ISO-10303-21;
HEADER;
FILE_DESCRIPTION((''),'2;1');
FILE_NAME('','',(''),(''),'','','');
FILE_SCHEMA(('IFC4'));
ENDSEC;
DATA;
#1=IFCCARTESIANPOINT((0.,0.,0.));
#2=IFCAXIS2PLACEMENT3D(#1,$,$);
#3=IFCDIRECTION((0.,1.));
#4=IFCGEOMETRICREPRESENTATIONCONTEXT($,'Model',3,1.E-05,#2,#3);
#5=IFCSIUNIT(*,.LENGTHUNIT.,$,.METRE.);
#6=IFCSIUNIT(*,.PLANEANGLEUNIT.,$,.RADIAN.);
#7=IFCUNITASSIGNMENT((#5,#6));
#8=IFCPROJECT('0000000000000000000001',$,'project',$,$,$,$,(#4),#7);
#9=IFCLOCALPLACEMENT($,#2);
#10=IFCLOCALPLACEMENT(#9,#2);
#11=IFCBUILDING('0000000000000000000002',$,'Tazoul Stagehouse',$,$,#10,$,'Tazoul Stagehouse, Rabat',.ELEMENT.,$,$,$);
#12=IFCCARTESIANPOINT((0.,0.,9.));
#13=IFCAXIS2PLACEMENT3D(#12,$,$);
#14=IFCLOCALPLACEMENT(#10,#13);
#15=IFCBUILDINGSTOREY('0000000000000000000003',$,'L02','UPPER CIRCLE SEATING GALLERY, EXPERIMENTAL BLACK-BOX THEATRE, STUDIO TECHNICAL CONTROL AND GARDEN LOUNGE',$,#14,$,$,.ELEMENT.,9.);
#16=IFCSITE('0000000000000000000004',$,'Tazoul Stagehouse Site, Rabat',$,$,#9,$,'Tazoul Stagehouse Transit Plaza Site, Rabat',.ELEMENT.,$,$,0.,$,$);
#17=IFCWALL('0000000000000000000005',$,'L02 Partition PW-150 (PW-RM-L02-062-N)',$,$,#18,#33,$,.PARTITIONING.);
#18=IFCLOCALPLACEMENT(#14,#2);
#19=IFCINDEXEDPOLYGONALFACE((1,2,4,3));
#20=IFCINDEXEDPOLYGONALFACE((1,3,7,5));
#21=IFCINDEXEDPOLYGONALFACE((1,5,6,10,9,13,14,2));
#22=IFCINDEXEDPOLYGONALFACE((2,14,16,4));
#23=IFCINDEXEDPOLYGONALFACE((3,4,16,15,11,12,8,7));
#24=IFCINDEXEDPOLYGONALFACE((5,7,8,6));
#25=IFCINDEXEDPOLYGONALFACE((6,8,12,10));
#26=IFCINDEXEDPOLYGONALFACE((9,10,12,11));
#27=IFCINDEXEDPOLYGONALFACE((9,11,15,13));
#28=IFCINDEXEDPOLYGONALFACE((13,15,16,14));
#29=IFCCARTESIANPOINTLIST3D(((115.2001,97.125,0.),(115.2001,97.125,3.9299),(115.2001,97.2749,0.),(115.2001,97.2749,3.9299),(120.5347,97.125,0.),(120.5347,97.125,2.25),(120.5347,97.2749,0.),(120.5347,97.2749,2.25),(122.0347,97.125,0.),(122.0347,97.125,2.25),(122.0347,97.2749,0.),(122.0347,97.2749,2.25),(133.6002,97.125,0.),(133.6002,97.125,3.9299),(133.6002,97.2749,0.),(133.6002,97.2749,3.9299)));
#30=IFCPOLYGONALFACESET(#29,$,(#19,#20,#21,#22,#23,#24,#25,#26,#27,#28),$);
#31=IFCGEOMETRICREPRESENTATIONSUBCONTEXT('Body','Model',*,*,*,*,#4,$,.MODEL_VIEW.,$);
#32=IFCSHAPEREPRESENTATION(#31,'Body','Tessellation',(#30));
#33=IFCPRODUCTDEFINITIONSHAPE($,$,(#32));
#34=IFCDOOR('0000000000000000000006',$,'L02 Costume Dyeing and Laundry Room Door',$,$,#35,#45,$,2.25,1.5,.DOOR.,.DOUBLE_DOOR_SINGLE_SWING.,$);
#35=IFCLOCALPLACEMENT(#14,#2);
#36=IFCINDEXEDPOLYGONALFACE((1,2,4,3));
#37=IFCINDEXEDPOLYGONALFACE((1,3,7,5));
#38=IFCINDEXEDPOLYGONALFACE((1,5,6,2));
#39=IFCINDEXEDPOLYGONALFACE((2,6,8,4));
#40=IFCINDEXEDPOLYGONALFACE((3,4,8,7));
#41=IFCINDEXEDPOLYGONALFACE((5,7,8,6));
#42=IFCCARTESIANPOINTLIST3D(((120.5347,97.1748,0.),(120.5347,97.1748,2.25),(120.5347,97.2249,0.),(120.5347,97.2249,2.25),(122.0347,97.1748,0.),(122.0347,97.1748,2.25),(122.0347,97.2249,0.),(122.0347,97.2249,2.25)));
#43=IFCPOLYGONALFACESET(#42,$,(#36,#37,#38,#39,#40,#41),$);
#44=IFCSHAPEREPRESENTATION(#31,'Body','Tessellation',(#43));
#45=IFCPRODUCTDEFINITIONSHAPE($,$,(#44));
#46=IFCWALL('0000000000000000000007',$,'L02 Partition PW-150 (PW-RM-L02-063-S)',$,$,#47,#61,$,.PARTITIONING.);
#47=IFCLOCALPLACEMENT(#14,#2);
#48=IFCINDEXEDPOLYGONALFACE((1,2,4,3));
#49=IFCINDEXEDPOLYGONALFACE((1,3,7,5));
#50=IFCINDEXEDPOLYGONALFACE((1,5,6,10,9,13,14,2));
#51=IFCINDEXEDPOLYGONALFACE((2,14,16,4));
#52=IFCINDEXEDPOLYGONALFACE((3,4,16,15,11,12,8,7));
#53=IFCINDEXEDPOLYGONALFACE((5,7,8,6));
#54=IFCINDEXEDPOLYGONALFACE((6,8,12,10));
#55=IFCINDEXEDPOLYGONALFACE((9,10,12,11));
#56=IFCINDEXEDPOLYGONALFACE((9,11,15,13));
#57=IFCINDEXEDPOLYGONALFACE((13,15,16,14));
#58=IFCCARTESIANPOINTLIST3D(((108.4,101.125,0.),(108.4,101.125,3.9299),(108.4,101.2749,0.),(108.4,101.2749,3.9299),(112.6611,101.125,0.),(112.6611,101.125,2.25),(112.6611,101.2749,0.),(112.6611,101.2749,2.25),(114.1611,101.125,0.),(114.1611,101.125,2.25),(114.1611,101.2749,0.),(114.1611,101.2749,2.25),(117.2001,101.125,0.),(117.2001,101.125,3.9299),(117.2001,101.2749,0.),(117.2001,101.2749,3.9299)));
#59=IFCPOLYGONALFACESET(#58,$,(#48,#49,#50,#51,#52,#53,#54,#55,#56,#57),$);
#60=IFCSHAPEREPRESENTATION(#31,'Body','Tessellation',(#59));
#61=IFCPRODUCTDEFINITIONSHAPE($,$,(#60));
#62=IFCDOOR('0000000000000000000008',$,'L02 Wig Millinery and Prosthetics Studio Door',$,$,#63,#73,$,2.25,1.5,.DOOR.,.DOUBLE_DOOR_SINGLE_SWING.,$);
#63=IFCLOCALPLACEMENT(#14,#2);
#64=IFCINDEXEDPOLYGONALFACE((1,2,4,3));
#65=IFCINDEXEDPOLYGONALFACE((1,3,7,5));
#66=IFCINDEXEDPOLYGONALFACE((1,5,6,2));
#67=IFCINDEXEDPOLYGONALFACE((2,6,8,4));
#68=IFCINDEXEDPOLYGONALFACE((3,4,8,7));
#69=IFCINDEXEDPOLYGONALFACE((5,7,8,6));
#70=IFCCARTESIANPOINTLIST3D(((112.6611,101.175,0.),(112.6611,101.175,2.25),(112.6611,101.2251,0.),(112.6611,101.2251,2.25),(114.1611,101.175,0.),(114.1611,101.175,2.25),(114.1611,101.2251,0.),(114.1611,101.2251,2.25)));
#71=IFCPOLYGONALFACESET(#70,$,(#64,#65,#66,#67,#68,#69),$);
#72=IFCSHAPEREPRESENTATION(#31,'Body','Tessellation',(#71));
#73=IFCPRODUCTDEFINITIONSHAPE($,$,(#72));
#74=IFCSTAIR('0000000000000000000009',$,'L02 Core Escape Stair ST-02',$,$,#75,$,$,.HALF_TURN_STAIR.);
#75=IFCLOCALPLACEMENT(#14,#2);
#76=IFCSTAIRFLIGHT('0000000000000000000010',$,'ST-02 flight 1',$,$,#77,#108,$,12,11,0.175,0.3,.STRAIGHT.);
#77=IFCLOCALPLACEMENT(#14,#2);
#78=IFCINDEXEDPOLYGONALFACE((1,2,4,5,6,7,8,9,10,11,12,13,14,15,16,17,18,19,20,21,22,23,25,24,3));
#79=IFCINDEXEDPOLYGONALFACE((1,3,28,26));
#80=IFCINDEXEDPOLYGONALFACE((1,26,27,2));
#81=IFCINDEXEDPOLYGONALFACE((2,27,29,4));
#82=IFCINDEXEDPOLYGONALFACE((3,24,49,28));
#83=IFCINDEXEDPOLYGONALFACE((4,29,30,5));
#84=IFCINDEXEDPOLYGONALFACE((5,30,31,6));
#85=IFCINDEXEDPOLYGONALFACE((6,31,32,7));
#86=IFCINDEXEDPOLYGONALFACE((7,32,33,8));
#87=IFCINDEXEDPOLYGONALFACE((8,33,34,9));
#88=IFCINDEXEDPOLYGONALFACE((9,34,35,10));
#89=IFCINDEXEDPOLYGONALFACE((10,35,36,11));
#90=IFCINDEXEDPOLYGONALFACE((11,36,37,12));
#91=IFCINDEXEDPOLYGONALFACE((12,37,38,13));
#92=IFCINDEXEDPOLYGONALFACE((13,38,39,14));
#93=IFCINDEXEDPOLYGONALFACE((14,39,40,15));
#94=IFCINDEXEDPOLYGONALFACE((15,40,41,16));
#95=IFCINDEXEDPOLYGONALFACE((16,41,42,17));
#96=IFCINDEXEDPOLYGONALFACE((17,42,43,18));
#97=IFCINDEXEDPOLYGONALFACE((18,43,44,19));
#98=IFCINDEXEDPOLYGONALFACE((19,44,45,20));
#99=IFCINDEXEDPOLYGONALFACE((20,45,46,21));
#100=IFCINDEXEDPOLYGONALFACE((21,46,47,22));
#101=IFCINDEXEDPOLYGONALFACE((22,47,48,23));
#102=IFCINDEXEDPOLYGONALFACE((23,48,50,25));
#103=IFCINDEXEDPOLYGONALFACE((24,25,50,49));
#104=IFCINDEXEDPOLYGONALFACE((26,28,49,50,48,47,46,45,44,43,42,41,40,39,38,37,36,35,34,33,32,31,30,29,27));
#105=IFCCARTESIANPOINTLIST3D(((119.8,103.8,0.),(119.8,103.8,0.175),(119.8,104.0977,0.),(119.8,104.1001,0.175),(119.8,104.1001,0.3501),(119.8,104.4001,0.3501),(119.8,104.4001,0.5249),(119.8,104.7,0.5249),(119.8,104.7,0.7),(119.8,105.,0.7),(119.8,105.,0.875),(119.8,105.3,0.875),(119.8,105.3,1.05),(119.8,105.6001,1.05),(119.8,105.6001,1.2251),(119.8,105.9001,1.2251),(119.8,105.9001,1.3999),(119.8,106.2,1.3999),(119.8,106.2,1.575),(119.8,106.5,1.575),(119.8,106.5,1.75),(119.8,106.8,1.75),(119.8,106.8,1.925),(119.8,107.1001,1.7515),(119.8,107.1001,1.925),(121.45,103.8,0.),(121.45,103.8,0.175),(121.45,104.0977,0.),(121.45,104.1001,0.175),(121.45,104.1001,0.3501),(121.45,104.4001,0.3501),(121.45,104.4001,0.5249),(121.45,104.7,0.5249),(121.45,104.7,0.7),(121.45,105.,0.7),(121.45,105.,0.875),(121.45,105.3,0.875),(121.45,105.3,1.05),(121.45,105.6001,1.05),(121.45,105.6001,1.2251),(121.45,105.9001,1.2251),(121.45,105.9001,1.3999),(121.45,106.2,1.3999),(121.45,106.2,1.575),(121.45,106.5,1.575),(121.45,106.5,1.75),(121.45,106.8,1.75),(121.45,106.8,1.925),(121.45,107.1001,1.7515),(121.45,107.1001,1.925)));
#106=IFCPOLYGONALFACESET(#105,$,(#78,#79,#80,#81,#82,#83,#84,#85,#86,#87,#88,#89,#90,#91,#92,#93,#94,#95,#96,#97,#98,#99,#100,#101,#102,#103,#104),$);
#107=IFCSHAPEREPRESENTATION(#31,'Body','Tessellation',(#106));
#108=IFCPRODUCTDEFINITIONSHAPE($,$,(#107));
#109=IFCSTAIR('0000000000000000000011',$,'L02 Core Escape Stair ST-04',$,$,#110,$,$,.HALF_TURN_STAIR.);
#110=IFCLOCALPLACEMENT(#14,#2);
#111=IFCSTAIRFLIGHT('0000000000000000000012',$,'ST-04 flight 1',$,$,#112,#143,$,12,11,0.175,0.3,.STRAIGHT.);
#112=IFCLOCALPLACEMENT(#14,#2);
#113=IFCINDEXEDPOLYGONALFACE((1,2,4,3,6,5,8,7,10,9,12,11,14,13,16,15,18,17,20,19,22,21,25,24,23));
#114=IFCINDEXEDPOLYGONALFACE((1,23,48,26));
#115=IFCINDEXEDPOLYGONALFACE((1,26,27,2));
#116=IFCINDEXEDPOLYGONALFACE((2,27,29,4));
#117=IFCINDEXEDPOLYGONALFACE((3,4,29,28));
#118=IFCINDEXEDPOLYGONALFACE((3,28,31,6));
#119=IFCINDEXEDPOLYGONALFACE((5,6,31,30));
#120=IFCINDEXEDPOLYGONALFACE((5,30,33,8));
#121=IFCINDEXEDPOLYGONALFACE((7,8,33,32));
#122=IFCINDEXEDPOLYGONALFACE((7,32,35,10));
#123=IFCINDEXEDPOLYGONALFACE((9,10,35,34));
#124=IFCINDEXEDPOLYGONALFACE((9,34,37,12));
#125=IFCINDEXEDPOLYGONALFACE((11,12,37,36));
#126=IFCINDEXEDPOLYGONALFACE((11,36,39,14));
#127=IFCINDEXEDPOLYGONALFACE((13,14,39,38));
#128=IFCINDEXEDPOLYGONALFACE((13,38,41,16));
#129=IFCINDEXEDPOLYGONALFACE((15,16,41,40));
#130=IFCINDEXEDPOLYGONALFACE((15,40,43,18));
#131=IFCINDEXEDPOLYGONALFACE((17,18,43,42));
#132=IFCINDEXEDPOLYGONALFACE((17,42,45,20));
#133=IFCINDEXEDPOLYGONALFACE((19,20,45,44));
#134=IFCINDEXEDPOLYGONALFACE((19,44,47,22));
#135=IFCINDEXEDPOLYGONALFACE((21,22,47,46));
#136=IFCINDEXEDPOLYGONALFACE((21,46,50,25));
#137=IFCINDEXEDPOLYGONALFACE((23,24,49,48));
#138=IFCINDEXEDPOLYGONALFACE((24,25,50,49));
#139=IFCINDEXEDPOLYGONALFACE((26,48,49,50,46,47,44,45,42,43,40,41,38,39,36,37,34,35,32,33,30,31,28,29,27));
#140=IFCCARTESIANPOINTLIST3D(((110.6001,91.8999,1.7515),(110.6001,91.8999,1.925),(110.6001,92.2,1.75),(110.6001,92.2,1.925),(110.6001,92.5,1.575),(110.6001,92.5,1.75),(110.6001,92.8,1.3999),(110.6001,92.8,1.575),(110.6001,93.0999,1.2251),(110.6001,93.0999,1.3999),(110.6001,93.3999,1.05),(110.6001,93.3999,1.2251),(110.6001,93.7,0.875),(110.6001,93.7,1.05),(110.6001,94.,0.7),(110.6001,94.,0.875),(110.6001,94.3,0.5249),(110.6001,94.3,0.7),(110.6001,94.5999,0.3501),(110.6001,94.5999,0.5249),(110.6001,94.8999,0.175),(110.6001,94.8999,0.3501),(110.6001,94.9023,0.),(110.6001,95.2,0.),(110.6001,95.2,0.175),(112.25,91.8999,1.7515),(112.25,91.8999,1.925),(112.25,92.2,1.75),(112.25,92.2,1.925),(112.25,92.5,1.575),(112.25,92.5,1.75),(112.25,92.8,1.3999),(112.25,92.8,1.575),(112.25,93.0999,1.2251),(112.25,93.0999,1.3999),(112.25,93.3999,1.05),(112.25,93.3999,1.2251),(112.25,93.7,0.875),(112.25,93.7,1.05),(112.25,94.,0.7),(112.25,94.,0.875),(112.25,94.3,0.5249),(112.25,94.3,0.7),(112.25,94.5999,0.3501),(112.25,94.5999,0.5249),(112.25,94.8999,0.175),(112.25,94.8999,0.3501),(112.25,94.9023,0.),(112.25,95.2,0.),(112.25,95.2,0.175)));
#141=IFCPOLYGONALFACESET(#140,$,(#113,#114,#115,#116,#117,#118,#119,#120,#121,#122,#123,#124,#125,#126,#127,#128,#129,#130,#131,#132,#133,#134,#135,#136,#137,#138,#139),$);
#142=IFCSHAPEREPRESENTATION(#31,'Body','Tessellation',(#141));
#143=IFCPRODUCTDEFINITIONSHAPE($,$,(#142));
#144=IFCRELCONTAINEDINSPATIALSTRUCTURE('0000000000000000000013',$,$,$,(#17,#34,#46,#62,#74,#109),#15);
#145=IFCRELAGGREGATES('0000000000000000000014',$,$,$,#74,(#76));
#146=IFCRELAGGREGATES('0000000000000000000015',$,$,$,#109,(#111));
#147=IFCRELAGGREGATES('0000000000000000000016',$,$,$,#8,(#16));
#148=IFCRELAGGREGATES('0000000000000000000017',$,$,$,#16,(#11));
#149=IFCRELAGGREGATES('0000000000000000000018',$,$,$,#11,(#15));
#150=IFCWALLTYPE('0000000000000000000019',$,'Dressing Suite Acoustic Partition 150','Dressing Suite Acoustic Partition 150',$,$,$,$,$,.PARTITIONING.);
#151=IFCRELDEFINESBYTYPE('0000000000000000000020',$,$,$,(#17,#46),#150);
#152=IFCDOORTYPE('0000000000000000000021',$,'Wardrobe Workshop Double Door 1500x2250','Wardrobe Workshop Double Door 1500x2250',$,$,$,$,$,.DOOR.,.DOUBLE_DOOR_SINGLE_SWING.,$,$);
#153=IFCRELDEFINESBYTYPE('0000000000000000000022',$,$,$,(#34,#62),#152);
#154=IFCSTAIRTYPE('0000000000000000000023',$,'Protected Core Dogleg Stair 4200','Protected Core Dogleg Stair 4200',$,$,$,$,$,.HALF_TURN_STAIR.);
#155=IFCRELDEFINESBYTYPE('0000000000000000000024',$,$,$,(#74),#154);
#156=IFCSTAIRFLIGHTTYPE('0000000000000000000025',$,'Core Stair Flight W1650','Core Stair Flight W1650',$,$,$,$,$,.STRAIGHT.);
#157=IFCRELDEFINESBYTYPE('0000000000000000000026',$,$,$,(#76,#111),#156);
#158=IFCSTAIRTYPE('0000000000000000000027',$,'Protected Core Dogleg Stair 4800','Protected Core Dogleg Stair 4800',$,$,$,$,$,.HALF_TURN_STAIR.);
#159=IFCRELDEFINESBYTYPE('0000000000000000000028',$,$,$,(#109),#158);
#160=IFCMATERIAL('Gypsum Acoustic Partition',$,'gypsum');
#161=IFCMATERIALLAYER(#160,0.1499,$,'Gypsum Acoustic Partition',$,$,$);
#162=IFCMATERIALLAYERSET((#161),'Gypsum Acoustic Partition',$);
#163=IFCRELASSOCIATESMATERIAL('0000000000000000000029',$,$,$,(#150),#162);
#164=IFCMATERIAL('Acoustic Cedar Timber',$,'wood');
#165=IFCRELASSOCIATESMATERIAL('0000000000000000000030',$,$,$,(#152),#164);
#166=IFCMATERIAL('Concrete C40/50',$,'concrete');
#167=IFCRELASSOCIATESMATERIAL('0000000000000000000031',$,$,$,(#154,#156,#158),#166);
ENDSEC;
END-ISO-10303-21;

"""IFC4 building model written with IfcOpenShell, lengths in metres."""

from ifc_helpers import new_model, si_unit, direction, frame, frame_2d, origin, place, context, subcontext, project, spatial, polyline, rectangle, outline, extrude, material, layer, layer_set, type_object, element, fill, aggregate, save


model = new_model("IFC4")

# Units and contexts
model_context = context("Model", 3, precision=1e-05, world=origin(), true_north=direction((0.0, 1.0)))
body_context = subcontext(model_context, "Body", "Model", "MODEL_VIEW")
ifc_project = project(units=[si_unit("LENGTHUNIT", "METRE"), si_unit("PLANEANGLEUNIT", "RADIAN")], contexts=[model_context])

# Site, building, storey
site_placement = place(None, origin())
site = spatial("IfcSite", under=ifc_project, at=site_placement, Name="Tazoul Stagehouse Site, Rabat", LongName="Tazoul Stagehouse Transit Plaza Site, Rabat", CompositionType="ELEMENT", RefElevation=0.0)
building_placement = place(site_placement, origin())
building = spatial("IfcBuilding", under=site, at=building_placement, Name="Tazoul Stagehouse", LongName="Tazoul Stagehouse, Rabat", CompositionType="ELEMENT")
storey_placement = place(building_placement, frame((0.0, 0.0, 9.0)))
storey = spatial("IfcBuildingStorey", under=building, at=storey_placement, Name="L02", Description="UPPER CIRCLE SEATING GALLERY, EXPERIMENTAL BLACK-BOX THEATRE, STUDIO TECHNICAL CONTROL AND GARDEN LOUNGE", CompositionType="ELEMENT", Elevation=9.0)

# Shared definitions
ifc_material_1 = material(Name="Concrete C40/50", Category="concrete")

# Walls, openings, doors
ifc_material_2 = material(Name="Gypsum Acoustic Partition", Category="gypsum")
ifc_layer_1 = layer(ifc_material_2, 0.1499, Name="Gypsum Acoustic Partition")
ifc_layer_set_1 = layer_set([ifc_layer_1], Name="Gypsum Acoustic Partition")
wall_type_1 = type_object("IfcWallType", Name="Dressing Suite Acoustic Partition 150", Description="Dressing Suite Acoustic Partition 150", PredefinedType="PARTITIONING", material=ifc_layer_set_1)
wall_1_placement = place(storey_placement, frame((115.2, 97.2, 0.0), z_axis=(0.0, 0.0, 1.0), x_axis=(1.0, 0.0, 0.0)))
wall_1 = element("IfcWall", 1, at=wall_1_placement, inside=storey, type_object=wall_type_1, Name="L02 Partition PW-150 (PW-RM-L02-062-N)", PredefinedType="PARTITIONING", context=body_context, shape_type="SweptSolid", body=[
    extrude(rectangle(XDim=18.4001, YDim=0.1499, at=frame_2d((9.2002, 0.0))), origin(), (0.0, 0.0, 1.0), 3.9299),
])
opening_1_placement = place(wall_1_placement, frame((5.3347, 0.0, 0.0)))
opening_1 = element("IfcOpeningElement", 2, at=opening_1_placement, cuts=wall_1, PredefinedType="OPENING", context=body_context, shape_type="SweptSolid", body=[
    extrude(rectangle(XDim=1.5, YDim=2.25, at=frame_2d((0.75, 1.125))), frame((0.0, 0.095, 0.0), z_axis=(0.0, -1.0, 0.0), x_axis=(1.0, 0.0, 0.0)), (0.0, 0.0, 1.0), 0.1899),
])
ifc_material_3 = material(Name="Acoustic Cedar Timber", Category="wood")
door_type_1 = type_object("IfcDoorType", Name="Wardrobe Workshop Double Door 1500x2250", Description="Wardrobe Workshop Double Door 1500x2250", OperationType="DOUBLE_DOOR_SINGLE_SWING", PredefinedType="DOOR", material=ifc_material_3)
door_1_placement = place(opening_1_placement, origin())
door_1 = element("IfcDoor", 3, at=door_1_placement, inside=storey, type_object=door_type_1, Name="L02 Costume Dyeing and Laundry Room Door", OperationType="DOUBLE_DOOR_SINGLE_SWING", OverallHeight=2.25, OverallWidth=1.5, PredefinedType="DOOR", context=body_context, shape_type="SweptSolid", body=[
    extrude(rectangle(XDim=1.5, YDim=2.25, at=frame_2d((0.75, 1.125))), frame((0.0, 0.0249, 0.0), z_axis=(0.0, -1.0, 0.0), x_axis=(1.0, 0.0, 0.0)), (0.0, 0.0, 1.0), 0.05),
])
fill(opening_1, door_1)
wall_2_placement = place(storey_placement, frame((117.2, 101.2, 0.0), z_axis=(0.0, 0.0, 1.0), x_axis=(-1.0, 0.0, 0.0)))
wall_2 = element("IfcWall", 4, at=wall_2_placement, inside=storey, type_object=wall_type_1, Name="L02 Partition PW-150 (PW-RM-L02-063-S)", PredefinedType="PARTITIONING", context=body_context, shape_type="SweptSolid", body=[
    extrude(rectangle(XDim=8.8, YDim=0.1499, at=frame_2d((4.3999, 0.0))), origin(), (0.0, 0.0, 1.0), 3.9299),
])
opening_2_placement = place(wall_2_placement, frame((3.0388, 0.0, 0.0)))
opening_2 = element("IfcOpeningElement", 5, at=opening_2_placement, cuts=wall_2, PredefinedType="OPENING", context=body_context, shape_type="SweptSolid", body=[
    extrude(rectangle(XDim=1.5, YDim=2.25, at=frame_2d((0.75, 1.125))), frame((0.0, 0.095, 0.0), z_axis=(0.0, -1.0, 0.0), x_axis=(1.0, 0.0, 0.0)), (0.0, 0.0, 1.0), 0.1899),
])
door_2_placement = place(opening_2_placement, origin())
door_2 = element("IfcDoor", 6, at=door_2_placement, inside=storey, type_object=door_type_1, Name="L02 Wig Millinery and Prosthetics Studio Door", OperationType="DOUBLE_DOOR_SINGLE_SWING", OverallHeight=2.25, OverallWidth=1.5, PredefinedType="DOOR", context=body_context, shape_type="SweptSolid", body=[
    extrude(rectangle(XDim=1.5, YDim=2.25, at=frame_2d((0.75, 1.125))), frame((0.0, 0.0249, 0.0), z_axis=(0.0, -1.0, 0.0), x_axis=(1.0, 0.0, 0.0)), (0.0, 0.0, 1.0), 0.05),
])
fill(opening_2, door_2)

# Stairs, stair flights
stair_type_1 = type_object("IfcStairType", Name="Protected Core Dogleg Stair 4200", Description="Protected Core Dogleg Stair 4200", PredefinedType="HALF_TURN_STAIR", material=ifc_material_1)
stair_1_placement = place(storey_placement, origin())
stair_1 = element("IfcStair", 7, at=stair_1_placement, inside=storey, type_object=stair_type_1, Name="L02 Core Escape Stair ST-02", PredefinedType="HALF_TURN_STAIR")
stair_flight_type = type_object("IfcStairFlightType", Name="Core Stair Flight W1650", Description="Core Stair Flight W1650", PredefinedType="STRAIGHT", material=ifc_material_1)
stair_flight_1_placement = place(storey_placement, frame((120.625, 103.8, 0.0), z_axis=(0.0, 0.0, 1.0), x_axis=(0.0, 1.0, 0.0)))
stair_flight_1 = element("IfcStairFlight", 8, at=stair_flight_1_placement, type_object=stair_flight_type, Name="ST-02 flight 1", NumberOfRisers=12, NumberOfTreads=11, PredefinedType="STRAIGHT", RiserHeight=0.175, TreadLength=0.3, context=body_context, shape_type="SweptSolid", body=[
    extrude(outline(polyline([(0.0, 0.0), (0.0, 0.175), (0.3, 0.175), (0.3, 0.3501), (0.6001, 0.3501), (0.6001, 0.5249), (0.8999, 0.5249), (0.8999, 0.7), (1.2, 0.7), (1.2, 0.875), (1.5, 0.875), (1.5, 1.05), (1.8, 1.05), (1.8, 1.2251), (2.1001, 1.2251), (2.1001, 1.3999), (2.3999, 1.3999), (2.3999, 1.575), (2.7, 1.575), (2.7, 1.75), (3.0, 1.75), (3.0, 1.925), (3.3, 1.925), (3.3, 2.1001), (3.3, 1.7515), (0.2976, 0.0), (0.0, 0.0)])), frame((0.0, 0.825, 0.0), z_axis=(0.0, -1.0, 0.0), x_axis=(1.0, 0.0, 0.0)), (0.0, 0.0, 1.0), 1.6499),
])
aggregate(stair_1, [stair_flight_1])
stair_type_2 = type_object("IfcStairType", Name="Protected Core Dogleg Stair 4800", Description="Protected Core Dogleg Stair 4800", PredefinedType="HALF_TURN_STAIR", material=ifc_material_1)
stair_2_placement = place(storey_placement, origin())
stair_2 = element("IfcStair", 9, at=stair_2_placement, inside=storey, type_object=stair_type_2, Name="L02 Core Escape Stair ST-04", PredefinedType="HALF_TURN_STAIR")
stair_flight_2_placement = place(storey_placement, frame((111.425, 95.2, 0.0), z_axis=(0.0, 0.0, 1.0), x_axis=(0.0, -1.0, 0.0)))
stair_flight_2 = element("IfcStairFlight", 10, at=stair_flight_2_placement, type_object=stair_flight_type, Name="ST-04 flight 1", NumberOfRisers=12, NumberOfTreads=11, PredefinedType="STRAIGHT", RiserHeight=0.175, TreadLength=0.3, context=body_context, shape_type="SweptSolid", body=[
    extrude(outline(polyline([(0.0, 0.0), (0.0, 0.175), (0.3, 0.175), (0.3, 0.3501), (0.6001, 0.3501), (0.6001, 0.5249), (0.8999, 0.5249), (0.8999, 0.7), (1.2, 0.7), (1.2, 0.875), (1.5, 0.875), (1.5, 1.05), (1.8, 1.05), (1.8, 1.2251), (2.1001, 1.2251), (2.1001, 1.3999), (2.3999, 1.3999), (2.3999, 1.575), (2.7, 1.575), (2.7, 1.75), (3.0, 1.75), (3.0, 1.925), (3.3, 1.925), (3.3, 2.1001), (3.3, 1.7515), (0.2976, 0.0), (0.0, 0.0)])), frame((0.0, 0.825, 0.0), z_axis=(0.0, -1.0, 0.0), x_axis=(1.0, 0.0, 0.0)), (0.0, 0.0, 1.0), 1.6499),
])
aggregate(stair_2, [stair_flight_2])

save(model, "model.ifc")
